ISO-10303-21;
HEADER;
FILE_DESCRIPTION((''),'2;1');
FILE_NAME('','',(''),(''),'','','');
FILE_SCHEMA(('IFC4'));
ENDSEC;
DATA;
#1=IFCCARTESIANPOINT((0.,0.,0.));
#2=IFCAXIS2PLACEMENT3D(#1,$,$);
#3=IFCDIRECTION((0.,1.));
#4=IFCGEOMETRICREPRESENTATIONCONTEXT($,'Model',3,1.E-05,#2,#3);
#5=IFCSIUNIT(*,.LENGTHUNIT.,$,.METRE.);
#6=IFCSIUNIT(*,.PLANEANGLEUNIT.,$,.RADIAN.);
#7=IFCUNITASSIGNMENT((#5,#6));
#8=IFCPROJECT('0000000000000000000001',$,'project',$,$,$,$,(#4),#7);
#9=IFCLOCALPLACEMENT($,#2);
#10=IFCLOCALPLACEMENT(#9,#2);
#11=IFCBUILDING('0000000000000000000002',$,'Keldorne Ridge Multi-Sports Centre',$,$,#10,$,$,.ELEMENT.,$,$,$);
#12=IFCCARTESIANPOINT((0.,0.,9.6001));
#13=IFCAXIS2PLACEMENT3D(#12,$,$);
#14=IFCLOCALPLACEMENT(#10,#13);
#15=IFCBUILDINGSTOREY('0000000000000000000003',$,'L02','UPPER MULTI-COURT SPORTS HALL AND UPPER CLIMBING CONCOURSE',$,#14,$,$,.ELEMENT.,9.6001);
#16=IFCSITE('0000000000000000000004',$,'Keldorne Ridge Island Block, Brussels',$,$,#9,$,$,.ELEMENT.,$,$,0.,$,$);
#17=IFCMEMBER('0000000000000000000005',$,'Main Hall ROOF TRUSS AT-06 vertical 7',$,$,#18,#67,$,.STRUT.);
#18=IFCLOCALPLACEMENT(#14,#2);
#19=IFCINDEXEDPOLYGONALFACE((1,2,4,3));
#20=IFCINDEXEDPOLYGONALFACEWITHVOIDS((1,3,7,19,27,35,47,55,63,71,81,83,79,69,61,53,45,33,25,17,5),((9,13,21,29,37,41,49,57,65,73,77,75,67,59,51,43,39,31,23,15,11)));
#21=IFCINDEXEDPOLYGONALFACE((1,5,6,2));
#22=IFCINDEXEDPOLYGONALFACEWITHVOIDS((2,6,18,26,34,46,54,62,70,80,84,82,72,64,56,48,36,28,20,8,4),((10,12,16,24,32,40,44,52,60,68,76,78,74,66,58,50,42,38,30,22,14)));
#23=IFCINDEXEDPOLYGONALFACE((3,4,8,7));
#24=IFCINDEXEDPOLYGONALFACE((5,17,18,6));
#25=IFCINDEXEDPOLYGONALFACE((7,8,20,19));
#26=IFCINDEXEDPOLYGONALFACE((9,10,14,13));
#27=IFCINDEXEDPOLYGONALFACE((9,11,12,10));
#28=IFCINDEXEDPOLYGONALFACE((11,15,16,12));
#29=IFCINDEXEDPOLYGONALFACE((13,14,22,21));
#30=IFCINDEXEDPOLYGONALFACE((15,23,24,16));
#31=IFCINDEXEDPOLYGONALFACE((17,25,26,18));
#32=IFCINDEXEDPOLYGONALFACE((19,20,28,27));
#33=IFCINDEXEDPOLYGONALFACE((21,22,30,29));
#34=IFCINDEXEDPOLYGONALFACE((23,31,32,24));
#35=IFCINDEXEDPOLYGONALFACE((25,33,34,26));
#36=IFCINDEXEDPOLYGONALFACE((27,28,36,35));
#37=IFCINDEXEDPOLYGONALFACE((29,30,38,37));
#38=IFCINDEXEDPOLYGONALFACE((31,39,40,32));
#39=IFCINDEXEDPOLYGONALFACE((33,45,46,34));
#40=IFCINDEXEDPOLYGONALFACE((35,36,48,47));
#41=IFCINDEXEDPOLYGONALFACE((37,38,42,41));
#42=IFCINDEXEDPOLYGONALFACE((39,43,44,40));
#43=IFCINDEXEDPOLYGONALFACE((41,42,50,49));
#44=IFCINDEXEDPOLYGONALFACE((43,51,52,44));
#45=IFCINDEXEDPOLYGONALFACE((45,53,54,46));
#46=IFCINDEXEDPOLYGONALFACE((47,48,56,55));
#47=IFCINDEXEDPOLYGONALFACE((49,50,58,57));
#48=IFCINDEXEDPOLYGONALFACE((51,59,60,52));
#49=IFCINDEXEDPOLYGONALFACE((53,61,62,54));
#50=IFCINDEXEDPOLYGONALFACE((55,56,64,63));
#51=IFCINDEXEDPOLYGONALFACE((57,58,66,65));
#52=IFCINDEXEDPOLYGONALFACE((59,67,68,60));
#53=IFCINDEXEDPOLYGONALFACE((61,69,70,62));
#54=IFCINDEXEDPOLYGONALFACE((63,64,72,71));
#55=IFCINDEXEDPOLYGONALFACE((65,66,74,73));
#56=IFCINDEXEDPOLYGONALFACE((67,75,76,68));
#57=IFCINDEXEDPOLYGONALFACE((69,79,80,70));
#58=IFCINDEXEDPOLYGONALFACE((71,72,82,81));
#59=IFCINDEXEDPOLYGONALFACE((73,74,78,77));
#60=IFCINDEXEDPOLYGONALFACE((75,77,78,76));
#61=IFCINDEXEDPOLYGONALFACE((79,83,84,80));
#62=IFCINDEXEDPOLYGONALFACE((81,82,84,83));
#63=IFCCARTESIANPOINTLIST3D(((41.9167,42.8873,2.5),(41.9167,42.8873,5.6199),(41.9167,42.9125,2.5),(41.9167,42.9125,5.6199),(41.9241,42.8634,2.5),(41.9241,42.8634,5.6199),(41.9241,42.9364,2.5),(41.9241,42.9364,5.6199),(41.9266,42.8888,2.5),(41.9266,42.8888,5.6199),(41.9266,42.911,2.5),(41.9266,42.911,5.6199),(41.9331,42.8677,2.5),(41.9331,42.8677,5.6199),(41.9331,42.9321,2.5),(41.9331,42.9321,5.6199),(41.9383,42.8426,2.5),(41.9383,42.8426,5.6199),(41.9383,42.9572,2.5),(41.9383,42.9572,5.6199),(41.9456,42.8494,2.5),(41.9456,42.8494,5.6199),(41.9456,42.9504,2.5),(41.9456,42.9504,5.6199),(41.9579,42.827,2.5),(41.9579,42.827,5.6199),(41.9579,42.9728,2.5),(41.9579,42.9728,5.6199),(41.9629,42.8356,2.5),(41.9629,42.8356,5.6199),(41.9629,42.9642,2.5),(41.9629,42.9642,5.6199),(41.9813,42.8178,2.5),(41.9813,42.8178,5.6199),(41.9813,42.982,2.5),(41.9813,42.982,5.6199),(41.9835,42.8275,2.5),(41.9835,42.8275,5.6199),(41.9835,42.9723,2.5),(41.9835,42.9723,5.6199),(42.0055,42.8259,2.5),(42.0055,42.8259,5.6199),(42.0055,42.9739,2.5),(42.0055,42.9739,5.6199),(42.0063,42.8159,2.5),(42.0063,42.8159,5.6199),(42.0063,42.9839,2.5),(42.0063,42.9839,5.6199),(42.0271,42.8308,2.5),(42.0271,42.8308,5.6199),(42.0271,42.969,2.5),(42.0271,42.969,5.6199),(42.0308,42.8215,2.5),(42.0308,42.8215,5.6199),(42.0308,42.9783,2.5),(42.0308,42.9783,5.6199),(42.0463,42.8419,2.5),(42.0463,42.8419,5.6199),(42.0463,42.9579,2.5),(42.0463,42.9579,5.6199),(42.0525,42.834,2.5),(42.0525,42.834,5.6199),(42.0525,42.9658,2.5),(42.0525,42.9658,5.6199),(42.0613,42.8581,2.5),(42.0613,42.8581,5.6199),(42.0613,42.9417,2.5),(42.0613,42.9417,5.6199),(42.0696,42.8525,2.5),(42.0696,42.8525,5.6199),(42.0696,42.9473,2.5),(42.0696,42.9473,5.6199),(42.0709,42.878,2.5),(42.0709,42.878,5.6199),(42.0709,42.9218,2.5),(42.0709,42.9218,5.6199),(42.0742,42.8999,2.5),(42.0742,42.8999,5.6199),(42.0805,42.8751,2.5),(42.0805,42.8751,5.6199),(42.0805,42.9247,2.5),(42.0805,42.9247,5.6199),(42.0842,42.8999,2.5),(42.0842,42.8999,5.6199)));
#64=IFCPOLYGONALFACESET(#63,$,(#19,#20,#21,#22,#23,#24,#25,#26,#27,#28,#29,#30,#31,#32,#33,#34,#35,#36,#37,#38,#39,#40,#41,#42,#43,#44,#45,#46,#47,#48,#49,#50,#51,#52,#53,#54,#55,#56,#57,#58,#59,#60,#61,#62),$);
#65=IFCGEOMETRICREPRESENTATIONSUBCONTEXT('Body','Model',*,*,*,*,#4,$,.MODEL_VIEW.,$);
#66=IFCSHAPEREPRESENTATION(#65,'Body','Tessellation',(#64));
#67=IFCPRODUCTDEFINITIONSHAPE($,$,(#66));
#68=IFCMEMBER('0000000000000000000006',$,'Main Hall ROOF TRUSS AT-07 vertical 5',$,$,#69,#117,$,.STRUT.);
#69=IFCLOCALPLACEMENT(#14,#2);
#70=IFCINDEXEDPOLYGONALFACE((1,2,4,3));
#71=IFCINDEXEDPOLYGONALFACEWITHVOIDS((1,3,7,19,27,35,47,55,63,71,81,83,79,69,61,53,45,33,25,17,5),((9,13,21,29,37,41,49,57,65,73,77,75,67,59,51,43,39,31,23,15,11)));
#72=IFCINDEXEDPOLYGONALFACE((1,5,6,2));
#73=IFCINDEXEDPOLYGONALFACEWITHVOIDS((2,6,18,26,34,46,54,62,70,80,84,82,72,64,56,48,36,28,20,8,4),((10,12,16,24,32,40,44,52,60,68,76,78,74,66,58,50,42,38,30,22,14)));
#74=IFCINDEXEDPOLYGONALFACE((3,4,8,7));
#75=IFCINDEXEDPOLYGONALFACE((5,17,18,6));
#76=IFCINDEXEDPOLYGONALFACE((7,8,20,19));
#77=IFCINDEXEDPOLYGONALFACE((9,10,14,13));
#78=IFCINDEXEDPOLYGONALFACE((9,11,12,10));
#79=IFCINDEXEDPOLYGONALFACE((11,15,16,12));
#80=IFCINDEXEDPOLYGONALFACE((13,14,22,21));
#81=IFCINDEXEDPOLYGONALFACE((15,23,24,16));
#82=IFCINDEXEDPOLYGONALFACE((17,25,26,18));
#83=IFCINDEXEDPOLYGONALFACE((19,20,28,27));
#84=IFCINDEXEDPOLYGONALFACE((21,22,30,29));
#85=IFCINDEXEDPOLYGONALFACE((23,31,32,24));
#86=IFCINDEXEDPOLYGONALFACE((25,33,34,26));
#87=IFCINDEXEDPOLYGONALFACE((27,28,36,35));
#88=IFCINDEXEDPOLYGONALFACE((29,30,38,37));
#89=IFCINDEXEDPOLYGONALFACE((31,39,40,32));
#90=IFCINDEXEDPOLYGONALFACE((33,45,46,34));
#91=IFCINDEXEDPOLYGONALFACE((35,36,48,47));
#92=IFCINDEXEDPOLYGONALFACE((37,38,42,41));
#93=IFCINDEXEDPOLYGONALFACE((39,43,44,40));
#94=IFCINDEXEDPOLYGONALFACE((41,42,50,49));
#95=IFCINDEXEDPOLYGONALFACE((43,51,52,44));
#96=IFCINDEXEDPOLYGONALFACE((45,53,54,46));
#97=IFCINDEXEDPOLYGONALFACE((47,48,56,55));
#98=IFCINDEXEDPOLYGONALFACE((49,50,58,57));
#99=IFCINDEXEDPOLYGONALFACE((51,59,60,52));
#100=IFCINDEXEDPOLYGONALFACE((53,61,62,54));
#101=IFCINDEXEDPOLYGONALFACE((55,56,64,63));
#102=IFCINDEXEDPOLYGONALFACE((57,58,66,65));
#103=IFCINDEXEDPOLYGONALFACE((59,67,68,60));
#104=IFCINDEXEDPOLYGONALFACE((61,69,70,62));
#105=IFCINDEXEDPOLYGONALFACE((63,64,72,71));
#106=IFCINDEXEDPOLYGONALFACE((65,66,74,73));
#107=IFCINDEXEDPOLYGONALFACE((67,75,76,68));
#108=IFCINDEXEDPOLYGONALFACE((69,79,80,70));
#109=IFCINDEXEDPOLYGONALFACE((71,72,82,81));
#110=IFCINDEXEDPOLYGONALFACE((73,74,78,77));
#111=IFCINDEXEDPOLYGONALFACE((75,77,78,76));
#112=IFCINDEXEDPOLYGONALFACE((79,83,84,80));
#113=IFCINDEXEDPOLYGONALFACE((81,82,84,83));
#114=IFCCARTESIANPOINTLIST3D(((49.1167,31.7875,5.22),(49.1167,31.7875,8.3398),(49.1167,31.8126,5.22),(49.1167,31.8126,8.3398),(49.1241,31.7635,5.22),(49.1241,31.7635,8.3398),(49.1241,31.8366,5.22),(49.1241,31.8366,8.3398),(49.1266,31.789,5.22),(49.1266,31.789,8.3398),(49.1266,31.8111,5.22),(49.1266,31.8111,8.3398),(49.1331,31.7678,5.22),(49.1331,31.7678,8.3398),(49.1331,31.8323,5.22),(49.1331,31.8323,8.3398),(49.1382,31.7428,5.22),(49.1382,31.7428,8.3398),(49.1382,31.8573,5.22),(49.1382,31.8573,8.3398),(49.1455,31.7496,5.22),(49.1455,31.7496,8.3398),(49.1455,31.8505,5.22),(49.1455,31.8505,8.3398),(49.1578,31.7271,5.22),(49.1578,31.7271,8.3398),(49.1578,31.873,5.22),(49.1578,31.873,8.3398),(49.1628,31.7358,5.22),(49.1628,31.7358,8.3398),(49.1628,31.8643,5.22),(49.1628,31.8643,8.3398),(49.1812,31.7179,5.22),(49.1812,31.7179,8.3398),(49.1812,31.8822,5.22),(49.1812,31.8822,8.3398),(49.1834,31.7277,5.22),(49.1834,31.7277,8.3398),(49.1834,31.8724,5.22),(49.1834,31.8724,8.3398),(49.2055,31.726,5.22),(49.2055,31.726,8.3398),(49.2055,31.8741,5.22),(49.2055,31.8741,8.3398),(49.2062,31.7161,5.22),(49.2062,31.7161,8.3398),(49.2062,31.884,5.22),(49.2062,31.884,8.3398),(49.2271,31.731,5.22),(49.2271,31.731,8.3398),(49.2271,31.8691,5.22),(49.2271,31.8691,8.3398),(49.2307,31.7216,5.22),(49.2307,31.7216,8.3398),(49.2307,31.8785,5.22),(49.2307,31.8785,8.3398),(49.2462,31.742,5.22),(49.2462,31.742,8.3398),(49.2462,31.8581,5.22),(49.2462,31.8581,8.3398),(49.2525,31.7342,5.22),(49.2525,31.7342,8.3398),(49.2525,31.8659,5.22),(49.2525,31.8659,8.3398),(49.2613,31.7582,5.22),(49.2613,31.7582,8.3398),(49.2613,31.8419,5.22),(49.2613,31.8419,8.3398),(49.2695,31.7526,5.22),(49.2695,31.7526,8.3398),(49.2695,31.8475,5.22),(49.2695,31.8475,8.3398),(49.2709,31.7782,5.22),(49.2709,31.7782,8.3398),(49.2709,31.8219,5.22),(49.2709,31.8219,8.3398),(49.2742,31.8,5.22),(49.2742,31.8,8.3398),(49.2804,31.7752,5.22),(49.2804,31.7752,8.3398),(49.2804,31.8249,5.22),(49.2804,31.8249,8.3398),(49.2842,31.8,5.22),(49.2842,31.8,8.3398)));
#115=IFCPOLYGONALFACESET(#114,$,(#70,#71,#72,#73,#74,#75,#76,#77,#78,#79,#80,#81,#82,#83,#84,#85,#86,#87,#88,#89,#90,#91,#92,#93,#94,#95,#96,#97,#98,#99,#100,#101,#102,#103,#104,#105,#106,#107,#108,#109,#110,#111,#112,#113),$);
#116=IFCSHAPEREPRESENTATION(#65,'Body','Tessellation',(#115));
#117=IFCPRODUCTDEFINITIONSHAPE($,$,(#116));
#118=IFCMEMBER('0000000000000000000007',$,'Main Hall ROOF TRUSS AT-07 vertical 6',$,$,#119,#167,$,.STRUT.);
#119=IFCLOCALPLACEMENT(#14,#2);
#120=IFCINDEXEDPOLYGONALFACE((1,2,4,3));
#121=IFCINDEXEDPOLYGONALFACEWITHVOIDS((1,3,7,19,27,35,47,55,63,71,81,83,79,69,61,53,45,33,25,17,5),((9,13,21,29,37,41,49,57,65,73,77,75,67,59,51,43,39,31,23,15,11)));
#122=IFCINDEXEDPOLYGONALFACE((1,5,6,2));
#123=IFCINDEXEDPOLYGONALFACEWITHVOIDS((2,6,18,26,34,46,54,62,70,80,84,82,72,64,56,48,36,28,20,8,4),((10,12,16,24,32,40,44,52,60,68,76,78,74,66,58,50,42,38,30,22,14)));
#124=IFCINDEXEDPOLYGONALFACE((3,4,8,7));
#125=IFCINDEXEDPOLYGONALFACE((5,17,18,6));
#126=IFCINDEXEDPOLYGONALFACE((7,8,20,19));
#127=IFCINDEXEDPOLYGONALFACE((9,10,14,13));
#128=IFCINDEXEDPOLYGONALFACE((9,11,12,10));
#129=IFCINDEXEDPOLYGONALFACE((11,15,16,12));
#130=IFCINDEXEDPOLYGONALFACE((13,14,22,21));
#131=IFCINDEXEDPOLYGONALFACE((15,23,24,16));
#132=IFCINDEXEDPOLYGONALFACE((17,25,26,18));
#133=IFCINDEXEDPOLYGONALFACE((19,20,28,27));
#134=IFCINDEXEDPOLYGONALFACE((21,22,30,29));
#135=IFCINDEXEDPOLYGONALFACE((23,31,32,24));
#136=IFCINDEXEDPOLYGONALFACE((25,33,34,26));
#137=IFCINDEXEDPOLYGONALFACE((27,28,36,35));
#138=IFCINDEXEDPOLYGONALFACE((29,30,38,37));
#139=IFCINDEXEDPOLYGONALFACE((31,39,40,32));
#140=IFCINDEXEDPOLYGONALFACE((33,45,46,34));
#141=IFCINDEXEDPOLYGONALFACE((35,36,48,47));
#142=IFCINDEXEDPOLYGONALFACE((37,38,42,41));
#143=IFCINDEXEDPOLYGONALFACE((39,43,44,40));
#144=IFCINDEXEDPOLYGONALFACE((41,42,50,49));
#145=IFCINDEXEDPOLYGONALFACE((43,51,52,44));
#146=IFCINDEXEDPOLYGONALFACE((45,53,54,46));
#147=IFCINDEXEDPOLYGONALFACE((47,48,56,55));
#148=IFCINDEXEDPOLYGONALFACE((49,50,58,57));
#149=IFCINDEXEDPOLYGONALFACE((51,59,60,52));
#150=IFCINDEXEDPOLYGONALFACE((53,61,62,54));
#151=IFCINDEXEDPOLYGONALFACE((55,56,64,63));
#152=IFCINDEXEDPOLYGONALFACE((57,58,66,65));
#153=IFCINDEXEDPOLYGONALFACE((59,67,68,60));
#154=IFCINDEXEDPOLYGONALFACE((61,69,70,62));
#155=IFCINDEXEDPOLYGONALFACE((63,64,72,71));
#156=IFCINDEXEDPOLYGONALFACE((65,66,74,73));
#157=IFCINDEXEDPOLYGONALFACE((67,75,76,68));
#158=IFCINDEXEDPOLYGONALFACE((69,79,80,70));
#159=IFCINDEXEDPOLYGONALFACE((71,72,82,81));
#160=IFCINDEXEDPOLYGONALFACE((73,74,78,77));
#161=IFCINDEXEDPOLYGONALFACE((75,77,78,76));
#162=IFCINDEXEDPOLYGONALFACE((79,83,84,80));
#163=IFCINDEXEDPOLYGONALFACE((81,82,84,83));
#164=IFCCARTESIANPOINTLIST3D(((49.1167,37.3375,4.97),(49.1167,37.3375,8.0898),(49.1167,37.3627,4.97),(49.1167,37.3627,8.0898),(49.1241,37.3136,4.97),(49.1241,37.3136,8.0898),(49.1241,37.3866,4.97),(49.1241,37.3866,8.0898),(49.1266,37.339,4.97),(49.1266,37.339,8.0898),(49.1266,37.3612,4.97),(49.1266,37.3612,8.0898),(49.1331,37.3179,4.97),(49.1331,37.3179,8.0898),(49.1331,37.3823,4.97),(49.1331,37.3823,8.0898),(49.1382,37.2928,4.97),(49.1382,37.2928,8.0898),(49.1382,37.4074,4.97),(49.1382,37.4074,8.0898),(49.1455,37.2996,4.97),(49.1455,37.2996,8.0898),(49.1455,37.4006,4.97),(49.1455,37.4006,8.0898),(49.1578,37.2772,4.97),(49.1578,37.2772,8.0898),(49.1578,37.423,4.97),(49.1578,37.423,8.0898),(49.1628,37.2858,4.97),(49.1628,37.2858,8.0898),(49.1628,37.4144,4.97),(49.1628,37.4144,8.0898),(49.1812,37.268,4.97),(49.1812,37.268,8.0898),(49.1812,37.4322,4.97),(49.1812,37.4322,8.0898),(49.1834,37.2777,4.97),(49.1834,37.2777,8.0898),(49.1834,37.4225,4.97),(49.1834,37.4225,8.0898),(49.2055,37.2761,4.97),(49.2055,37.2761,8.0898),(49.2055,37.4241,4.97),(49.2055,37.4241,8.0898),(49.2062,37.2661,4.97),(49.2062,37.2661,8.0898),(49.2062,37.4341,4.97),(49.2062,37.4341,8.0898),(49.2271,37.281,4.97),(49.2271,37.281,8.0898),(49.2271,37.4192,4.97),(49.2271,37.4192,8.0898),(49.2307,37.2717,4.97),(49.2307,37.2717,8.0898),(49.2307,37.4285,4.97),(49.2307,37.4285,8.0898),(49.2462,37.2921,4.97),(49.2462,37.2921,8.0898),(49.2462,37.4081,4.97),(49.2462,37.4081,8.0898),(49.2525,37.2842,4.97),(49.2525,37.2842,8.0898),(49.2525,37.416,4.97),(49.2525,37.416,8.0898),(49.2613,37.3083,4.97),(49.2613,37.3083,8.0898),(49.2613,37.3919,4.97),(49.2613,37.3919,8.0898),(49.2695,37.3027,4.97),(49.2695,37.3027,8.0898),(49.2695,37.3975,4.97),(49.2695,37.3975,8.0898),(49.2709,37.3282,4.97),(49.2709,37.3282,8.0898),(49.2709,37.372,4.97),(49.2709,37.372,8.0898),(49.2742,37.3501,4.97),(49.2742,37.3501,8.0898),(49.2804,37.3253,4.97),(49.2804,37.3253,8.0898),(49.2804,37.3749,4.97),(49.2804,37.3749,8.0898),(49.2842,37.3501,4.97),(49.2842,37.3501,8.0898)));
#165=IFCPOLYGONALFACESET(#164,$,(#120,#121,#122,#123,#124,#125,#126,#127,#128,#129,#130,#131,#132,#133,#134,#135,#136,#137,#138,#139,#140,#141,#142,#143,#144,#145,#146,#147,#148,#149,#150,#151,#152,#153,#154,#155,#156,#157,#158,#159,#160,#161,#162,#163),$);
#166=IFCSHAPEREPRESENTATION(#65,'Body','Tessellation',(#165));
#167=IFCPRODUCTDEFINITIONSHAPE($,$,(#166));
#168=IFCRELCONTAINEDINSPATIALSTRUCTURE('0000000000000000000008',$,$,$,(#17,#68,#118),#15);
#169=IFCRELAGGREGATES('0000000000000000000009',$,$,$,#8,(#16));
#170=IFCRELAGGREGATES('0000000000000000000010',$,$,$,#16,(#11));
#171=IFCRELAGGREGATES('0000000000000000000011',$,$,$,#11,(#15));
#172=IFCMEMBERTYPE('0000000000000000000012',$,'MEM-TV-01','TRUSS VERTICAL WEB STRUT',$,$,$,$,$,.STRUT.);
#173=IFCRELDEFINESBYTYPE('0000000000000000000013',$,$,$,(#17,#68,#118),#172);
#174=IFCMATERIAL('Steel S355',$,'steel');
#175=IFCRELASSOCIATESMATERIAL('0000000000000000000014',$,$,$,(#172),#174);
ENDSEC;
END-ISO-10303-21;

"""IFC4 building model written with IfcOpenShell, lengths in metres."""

from ifc_helpers import new_model, si_unit, direction, frame, origin, origin_2d, place, context, subcontext, project, spatial, hollow_circle, extrude, material, material_profile, profile_set, type_object, element, save


model = new_model("IFC4")

# Units and contexts
model_context = context("Model", 3, precision=1e-05, world=origin(), true_north=direction((0.0, 1.0)))
body_context = subcontext(model_context, "Body", "Model", "MODEL_VIEW")
ifc_project = project(units=[si_unit("LENGTHUNIT", "METRE"), si_unit("PLANEANGLEUNIT", "RADIAN")], contexts=[model_context])

# Site, building, storey
site_placement = place(None, origin())
site = spatial("IfcSite", under=ifc_project, at=site_placement, Name="Keldorne Ridge Island Block, Brussels", CompositionType="ELEMENT", RefElevation=0.0)
building_placement = place(site_placement, origin())
building = spatial("IfcBuilding", under=site, at=building_placement, Name="Keldorne Ridge Multi-Sports Centre", CompositionType="ELEMENT")
storey_placement = place(building_placement, frame((0.0, 0.0, 9.6001)))
storey = spatial("IfcBuildingStorey", under=building, at=storey_placement, Name="L02", Description="UPPER MULTI-COURT SPORTS HALL AND UPPER CLIMBING CONCOURSE", CompositionType="ELEMENT", Elevation=9.6001)

# Members
ifc_material = material(Name="Steel S355", Category="steel")
ifc_material_profile_1 = material_profile(ifc_material, hollow_circle(Radius=0.0842, WallThickness=0.01, at=origin_2d()), Name="CHS 168.3x10")
ifc_profile_set_1 = profile_set([ifc_material_profile_1], Name="Steel S355")
member_type_1 = type_object("IfcMemberType", Name="MEM-TV-01", Description="TRUSS VERTICAL WEB STRUT", PredefinedType="STRUT", material=ifc_profile_set_1)
for number, where, z_axis, x_axis, name in (
    (1, (42.0, 42.8999, 2.5), (0.0, 0.0, 1.0), (1.0, 0.0, 0.0), "Main Hall ROOF TRUSS AT-06 vertical 7"),
    (2, (49.2, 31.8, 5.22), (0.0, 0.0, 1.0), (1.0, 0.0, 0.0), "Main Hall ROOF TRUSS AT-07 vertical 5"),
    (3, (49.2, 37.3501, 4.97), (0.0, 0.0, 1.0), (1.0, 0.0, 0.0), "Main Hall ROOF TRUSS AT-07 vertical 6"),
):
    element("IfcMember", number, at=place(storey_placement, frame(where, z_axis=z_axis, x_axis=x_axis)), inside=storey, type_object=member_type_1, Name=name, PredefinedType="STRUT", context=body_context, shape_type="SweptSolid", body=[
        extrude(hollow_circle(Radius=0.0842, WallThickness=0.01, at=origin_2d()), origin(), (0.0, 0.0, 1.0), 3.1199),
    ])

save(model, "model.ifc")
